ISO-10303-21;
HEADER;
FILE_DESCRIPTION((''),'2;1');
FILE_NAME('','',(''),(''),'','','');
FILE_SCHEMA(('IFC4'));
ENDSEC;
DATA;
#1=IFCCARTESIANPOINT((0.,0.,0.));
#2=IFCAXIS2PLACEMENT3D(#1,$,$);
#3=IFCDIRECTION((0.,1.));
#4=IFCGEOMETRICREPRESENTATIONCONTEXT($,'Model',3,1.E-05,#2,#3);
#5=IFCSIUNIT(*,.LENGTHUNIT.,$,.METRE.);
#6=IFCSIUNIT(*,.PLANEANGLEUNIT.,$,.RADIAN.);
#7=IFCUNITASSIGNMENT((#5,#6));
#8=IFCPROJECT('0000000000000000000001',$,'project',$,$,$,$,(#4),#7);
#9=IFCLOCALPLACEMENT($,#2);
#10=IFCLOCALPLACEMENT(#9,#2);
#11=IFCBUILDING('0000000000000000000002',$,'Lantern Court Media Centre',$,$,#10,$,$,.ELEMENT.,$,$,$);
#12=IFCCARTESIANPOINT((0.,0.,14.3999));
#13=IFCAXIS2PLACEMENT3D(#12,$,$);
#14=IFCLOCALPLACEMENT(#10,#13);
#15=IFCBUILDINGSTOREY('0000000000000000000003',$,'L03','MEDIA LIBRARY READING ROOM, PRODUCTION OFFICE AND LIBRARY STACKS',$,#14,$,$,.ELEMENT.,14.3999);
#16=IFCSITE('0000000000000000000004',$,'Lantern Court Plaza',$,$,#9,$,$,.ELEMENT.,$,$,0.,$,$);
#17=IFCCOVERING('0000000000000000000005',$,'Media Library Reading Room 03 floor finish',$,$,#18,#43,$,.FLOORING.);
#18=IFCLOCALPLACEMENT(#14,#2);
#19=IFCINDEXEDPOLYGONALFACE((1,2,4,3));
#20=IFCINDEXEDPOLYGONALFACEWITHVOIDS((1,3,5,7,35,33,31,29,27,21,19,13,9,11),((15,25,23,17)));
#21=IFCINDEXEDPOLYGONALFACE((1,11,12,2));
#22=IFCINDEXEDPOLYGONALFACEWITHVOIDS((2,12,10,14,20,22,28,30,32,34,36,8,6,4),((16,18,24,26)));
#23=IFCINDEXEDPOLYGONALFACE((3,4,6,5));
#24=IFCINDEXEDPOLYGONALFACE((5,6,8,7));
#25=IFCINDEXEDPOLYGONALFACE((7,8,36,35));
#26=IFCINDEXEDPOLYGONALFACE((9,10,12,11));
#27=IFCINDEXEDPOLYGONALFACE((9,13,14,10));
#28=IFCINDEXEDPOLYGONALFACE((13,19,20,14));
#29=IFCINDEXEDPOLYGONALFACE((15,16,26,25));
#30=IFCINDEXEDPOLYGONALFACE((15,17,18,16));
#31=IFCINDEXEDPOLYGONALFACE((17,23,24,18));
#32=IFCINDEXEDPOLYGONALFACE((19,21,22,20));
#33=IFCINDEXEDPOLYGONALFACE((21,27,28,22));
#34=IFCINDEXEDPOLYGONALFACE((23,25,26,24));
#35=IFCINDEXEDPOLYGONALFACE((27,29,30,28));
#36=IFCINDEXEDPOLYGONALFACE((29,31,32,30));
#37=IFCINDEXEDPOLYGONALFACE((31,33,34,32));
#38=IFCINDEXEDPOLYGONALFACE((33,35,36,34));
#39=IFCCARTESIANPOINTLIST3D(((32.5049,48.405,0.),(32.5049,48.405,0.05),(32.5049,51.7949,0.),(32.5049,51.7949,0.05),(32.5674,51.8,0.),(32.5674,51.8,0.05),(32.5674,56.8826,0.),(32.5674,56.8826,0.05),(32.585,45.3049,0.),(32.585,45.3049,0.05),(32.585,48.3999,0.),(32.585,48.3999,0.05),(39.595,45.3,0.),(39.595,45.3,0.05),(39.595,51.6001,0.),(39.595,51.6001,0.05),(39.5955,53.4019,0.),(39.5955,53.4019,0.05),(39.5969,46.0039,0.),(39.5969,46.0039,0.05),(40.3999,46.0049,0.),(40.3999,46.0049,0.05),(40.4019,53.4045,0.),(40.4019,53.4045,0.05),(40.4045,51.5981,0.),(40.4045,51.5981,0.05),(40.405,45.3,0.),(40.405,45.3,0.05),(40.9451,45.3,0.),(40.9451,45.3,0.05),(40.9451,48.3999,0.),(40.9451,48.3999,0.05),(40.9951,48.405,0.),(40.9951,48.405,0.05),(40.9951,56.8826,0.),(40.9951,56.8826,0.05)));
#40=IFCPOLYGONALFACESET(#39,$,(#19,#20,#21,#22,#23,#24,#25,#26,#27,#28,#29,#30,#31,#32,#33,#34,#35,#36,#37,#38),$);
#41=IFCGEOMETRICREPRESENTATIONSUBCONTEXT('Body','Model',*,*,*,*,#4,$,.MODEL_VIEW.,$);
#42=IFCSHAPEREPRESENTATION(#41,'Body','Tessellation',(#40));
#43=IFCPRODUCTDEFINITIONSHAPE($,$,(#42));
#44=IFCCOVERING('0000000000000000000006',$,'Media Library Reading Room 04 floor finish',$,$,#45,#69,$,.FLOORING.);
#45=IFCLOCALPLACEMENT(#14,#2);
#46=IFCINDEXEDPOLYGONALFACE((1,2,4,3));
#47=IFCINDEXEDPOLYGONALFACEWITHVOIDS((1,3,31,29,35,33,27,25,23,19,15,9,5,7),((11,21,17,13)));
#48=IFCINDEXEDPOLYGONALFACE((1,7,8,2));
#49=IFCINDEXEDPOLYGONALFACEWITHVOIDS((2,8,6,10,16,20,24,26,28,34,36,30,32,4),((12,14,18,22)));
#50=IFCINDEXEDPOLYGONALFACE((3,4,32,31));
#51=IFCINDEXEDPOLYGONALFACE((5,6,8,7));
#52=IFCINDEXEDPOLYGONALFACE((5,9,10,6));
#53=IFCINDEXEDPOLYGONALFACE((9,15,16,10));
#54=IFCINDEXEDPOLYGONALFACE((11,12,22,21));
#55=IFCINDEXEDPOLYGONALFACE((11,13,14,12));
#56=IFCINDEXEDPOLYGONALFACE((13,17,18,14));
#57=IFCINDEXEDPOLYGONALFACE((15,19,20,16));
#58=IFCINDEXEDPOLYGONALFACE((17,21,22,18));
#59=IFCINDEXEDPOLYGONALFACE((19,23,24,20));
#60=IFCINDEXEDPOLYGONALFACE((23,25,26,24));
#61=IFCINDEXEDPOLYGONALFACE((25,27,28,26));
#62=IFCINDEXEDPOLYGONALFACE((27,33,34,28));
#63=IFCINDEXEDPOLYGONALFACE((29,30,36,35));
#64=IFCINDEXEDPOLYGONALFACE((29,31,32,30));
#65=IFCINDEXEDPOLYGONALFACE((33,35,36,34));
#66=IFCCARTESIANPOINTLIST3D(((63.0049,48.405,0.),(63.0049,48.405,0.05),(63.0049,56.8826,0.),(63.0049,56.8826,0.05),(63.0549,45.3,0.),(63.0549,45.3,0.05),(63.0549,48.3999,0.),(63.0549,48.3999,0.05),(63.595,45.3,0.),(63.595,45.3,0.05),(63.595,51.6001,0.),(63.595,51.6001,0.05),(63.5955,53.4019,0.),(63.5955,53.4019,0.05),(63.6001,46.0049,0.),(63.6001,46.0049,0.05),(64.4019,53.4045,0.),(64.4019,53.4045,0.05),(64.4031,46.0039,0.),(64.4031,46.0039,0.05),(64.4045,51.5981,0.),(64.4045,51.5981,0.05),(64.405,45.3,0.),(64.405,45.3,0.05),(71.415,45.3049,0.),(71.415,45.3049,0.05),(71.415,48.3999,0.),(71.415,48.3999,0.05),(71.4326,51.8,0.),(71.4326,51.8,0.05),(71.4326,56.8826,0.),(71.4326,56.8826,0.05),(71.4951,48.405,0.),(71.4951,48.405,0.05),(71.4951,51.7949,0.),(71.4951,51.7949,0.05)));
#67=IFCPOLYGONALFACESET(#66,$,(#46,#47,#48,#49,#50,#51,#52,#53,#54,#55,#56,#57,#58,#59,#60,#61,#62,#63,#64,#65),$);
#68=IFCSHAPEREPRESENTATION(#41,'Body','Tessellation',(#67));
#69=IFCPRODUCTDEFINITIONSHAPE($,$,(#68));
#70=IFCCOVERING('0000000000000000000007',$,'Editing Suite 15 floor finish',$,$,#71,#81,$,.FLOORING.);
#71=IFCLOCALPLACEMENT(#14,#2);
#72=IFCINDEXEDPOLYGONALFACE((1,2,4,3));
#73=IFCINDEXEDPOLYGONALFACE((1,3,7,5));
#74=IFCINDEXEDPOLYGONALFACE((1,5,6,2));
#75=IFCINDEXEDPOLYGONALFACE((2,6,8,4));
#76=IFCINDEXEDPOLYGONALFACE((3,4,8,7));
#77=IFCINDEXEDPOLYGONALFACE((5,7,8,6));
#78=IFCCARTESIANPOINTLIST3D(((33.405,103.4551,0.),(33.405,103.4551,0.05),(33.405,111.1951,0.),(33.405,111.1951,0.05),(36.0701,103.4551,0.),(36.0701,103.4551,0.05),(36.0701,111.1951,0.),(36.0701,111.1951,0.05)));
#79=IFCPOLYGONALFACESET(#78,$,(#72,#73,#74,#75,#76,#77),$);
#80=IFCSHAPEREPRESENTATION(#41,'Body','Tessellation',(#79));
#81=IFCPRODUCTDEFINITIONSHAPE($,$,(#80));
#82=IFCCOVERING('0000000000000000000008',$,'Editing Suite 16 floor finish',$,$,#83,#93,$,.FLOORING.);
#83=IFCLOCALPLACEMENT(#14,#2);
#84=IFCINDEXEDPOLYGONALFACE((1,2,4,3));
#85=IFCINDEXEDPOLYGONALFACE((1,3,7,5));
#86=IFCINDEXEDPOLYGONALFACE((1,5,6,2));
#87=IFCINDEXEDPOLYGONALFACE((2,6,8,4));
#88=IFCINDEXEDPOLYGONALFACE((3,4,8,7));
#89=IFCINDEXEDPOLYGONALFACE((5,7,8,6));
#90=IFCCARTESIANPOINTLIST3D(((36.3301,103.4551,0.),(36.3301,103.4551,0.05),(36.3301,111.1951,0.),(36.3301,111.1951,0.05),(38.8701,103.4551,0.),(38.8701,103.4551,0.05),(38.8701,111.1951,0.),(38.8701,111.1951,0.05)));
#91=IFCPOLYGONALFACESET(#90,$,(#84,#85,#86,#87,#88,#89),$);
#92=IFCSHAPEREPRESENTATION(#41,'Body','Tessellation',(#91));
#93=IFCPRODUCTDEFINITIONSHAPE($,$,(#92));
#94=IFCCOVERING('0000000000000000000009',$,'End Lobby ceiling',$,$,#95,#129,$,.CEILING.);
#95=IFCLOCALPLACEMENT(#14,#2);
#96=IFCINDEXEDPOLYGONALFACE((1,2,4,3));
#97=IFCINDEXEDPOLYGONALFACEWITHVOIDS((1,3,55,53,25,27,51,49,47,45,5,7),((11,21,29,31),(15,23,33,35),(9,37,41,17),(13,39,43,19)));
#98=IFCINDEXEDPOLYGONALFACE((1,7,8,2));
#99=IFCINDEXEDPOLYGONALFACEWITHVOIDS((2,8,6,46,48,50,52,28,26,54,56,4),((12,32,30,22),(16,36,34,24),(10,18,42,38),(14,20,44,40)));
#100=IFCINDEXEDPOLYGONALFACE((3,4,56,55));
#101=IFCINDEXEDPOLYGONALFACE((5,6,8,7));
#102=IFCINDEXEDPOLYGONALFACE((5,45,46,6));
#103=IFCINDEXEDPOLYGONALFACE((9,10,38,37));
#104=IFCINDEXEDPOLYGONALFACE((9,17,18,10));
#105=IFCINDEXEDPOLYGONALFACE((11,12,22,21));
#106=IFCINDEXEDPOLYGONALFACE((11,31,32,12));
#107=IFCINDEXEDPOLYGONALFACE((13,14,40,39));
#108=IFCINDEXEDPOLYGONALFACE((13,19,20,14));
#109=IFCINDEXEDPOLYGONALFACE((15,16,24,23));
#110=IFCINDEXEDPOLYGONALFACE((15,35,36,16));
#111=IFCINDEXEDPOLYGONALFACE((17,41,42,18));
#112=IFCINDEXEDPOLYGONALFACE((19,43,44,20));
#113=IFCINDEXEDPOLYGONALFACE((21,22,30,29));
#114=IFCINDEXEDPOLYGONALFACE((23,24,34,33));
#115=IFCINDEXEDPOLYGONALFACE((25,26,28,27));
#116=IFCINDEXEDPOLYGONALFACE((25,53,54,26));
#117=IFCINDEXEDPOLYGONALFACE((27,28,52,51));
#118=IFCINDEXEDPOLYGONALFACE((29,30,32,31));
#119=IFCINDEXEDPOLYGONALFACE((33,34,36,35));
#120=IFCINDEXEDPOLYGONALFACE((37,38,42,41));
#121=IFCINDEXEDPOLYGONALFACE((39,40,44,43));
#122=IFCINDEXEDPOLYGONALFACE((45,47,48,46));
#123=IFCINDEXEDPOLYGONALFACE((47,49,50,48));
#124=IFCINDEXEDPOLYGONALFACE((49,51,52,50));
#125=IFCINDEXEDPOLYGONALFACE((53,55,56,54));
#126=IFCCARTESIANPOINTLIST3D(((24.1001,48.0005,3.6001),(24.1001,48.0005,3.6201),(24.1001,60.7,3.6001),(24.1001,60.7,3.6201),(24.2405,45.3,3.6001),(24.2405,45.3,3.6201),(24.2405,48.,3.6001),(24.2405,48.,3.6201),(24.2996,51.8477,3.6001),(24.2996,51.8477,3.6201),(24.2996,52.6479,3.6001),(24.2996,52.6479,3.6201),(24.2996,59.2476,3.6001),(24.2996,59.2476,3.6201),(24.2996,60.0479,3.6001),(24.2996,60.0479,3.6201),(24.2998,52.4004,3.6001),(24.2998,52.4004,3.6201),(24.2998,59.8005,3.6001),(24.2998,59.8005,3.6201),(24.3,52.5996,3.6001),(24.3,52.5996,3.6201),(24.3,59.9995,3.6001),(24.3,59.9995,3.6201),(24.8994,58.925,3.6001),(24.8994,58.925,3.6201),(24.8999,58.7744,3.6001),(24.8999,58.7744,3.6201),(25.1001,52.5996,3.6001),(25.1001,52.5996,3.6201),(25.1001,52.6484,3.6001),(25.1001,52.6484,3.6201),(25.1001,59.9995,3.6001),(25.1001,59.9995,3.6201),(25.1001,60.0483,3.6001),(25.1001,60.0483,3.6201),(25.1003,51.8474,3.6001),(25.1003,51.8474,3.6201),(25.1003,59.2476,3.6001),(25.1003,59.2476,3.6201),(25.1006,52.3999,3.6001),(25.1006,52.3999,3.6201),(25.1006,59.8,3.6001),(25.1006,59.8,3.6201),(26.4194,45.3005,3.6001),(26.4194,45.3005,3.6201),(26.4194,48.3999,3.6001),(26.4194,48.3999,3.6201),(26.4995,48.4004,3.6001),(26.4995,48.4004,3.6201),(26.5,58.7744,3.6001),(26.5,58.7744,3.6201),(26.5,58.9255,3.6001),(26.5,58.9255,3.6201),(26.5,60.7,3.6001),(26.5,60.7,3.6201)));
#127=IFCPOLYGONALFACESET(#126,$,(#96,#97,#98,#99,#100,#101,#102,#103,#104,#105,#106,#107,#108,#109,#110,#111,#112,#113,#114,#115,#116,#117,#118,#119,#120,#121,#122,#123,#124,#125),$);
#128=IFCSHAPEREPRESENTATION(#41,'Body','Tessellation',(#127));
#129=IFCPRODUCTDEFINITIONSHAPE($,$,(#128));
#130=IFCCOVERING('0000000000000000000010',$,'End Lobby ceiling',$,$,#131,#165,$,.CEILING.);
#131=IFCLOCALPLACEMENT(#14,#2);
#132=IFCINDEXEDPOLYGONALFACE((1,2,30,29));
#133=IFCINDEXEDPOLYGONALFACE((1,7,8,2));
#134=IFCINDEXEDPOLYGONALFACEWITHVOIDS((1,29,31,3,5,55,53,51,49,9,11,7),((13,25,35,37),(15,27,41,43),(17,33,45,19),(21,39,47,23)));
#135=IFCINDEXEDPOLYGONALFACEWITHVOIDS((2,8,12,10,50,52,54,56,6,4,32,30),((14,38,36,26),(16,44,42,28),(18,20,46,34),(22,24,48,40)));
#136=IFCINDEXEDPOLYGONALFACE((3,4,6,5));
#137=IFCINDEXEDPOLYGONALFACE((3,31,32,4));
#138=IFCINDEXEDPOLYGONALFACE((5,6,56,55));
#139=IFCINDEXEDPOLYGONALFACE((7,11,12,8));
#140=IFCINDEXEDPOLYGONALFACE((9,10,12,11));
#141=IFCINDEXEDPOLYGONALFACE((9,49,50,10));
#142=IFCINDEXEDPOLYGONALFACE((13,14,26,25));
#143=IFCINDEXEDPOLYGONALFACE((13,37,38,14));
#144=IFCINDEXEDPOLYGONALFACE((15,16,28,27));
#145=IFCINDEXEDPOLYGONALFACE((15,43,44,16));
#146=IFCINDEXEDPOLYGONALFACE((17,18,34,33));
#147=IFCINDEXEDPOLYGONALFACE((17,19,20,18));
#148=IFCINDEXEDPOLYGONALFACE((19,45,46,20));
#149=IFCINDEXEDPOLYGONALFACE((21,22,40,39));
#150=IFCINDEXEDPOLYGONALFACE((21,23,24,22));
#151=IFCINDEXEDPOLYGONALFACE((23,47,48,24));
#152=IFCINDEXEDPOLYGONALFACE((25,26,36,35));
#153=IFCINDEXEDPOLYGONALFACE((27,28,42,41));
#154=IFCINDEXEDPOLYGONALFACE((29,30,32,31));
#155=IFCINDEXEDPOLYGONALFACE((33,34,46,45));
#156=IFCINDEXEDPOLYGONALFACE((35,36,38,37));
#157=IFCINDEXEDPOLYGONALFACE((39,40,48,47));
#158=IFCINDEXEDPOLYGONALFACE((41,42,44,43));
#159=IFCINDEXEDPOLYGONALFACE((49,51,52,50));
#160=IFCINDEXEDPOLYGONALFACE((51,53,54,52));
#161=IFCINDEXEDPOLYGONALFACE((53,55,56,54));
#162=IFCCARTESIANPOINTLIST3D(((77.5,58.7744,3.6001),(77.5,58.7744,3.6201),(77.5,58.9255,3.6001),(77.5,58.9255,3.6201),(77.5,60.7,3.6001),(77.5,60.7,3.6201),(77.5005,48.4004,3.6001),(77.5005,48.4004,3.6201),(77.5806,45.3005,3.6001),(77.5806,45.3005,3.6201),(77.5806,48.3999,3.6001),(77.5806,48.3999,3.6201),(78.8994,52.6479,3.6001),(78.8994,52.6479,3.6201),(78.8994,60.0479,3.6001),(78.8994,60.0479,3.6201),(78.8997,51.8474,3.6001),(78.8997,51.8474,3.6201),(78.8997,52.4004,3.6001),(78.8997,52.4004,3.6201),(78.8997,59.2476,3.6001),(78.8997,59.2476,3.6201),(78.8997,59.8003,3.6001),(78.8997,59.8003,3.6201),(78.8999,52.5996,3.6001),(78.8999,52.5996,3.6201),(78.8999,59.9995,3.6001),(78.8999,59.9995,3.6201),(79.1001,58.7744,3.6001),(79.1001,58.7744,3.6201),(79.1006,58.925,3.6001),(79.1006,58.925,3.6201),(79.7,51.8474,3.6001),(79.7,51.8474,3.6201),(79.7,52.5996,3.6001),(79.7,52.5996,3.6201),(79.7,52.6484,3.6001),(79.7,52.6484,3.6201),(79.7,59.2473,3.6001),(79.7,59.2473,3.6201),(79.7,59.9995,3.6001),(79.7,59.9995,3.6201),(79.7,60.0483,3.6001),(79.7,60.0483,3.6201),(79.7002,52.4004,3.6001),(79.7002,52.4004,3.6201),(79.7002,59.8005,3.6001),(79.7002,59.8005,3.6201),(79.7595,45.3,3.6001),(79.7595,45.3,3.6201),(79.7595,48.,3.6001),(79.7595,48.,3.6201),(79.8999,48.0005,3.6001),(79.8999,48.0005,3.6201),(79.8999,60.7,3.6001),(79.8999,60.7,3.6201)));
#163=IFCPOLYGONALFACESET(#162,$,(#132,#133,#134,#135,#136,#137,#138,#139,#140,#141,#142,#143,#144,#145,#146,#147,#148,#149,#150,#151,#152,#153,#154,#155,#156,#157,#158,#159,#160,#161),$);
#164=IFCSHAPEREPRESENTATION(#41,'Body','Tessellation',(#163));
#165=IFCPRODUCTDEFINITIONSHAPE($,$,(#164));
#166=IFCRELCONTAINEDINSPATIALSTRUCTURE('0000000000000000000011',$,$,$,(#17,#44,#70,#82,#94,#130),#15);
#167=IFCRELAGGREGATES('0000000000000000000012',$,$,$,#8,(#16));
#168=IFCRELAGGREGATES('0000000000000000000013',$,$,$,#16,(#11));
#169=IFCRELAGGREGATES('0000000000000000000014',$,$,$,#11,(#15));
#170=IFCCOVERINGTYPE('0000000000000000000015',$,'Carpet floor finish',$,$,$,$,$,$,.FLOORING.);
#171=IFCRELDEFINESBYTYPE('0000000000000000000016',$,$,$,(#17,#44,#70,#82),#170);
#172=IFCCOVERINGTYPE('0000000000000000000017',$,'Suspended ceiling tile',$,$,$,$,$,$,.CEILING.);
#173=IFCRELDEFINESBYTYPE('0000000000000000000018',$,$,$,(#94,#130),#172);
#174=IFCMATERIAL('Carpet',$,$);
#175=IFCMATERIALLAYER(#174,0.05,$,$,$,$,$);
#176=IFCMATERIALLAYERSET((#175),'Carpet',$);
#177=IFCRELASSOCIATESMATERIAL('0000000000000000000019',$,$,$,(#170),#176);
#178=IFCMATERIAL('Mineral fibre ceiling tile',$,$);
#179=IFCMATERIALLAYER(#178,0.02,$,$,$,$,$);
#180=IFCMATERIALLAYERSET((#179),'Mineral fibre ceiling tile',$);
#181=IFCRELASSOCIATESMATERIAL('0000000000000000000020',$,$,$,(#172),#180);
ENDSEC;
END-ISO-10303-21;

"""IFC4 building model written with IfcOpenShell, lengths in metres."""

from ifc_helpers import new_model, si_unit, direction, frame, origin, place, context, subcontext, project, spatial, polyline, outline, extrude, material, layer, layer_set, type_object, element, save


model = new_model("IFC4")

# Units and contexts
model_context = context("Model", 3, precision=1e-05, world=origin(), true_north=direction((0.0, 1.0)))
body_context = subcontext(model_context, "Body", "Model", "MODEL_VIEW")
ifc_project = project(units=[si_unit("LENGTHUNIT", "METRE"), si_unit("PLANEANGLEUNIT", "RADIAN")], contexts=[model_context])

# Site, building, storey
site_placement = place(None, origin())
site = spatial("IfcSite", under=ifc_project, at=site_placement, Name="Lantern Court Plaza", CompositionType="ELEMENT", RefElevation=0.0)
building_placement = place(site_placement, origin())
building = spatial("IfcBuilding", under=site, at=building_placement, Name="Lantern Court Media Centre", CompositionType="ELEMENT")
storey_placement = place(building_placement, frame((0.0, 0.0, 14.3999)))
storey = spatial("IfcBuildingStorey", under=building, at=storey_placement, Name="L03", Description="MEDIA LIBRARY READING ROOM, PRODUCTION OFFICE AND LIBRARY STACKS", CompositionType="ELEMENT", Elevation=14.3999)

# Coverings
ifc_material_1 = material(Name="Carpet")
ifc_layer_1 = layer(ifc_material_1, 0.05)
ifc_layer_set_1 = layer_set([ifc_layer_1], Name="Carpet")
covering_type_1 = type_object("IfcCoveringType", Name="Carpet floor finish", PredefinedType="FLOORING", material=ifc_layer_set_1)
covering_1_placement = place(storey_placement, origin())
element("IfcCovering", 1, at=covering_1_placement, inside=storey, type_object=covering_type_1, Name="Media Library Reading Room 03 floor finish", PredefinedType="FLOORING", context=body_context, shape_type="SweptSolid", body=[
    extrude(outline(polyline([(39.595, 45.3), (32.585, 45.3049), (32.585, 48.3999), (32.5049, 48.405), (32.5049, 51.7949), (32.5674, 51.8), (32.5674, 56.8826), (40.9951, 56.8826), (40.9951, 48.405), (40.9451, 48.3999), (40.9451, 45.3), (40.405, 45.3), (40.3999, 46.0049), (39.5969, 46.0039), (39.595, 45.3)]), holes=[polyline([(39.595, 51.6001), (40.4045, 51.5981), (40.4019, 53.4045), (39.5955, 53.4019), (39.595, 51.6001)])]), origin(), (0.0, 0.0, 1.0), 0.05),
])
covering_2_placement = place(storey_placement, origin())
element("IfcCovering", 2, at=covering_2_placement, inside=storey, type_object=covering_type_1, Name="Media Library Reading Room 04 floor finish", PredefinedType="FLOORING", context=body_context, shape_type="SweptSolid", body=[
    extrude(outline(polyline([(63.0549, 45.3), (63.0549, 48.3999), (63.0049, 48.405), (63.0049, 56.8826), (71.4326, 56.8826), (71.4326, 51.8), (71.4951, 51.7949), (71.4951, 48.405), (71.415, 48.3999), (71.415, 45.3049), (64.405, 45.3), (64.4031, 46.0039), (63.6001, 46.0049), (63.595, 45.3), (63.0549, 45.3)]), holes=[polyline([(63.595, 51.6001), (64.4045, 51.5981), (64.4019, 53.4045), (63.5955, 53.4019), (63.595, 51.6001)])]), origin(), (0.0, 0.0, 1.0), 0.05),
])
covering_3_placement = place(storey_placement, origin())
element("IfcCovering", 3, at=covering_3_placement, inside=storey, type_object=covering_type_1, Name="Editing Suite 15 floor finish", PredefinedType="FLOORING", context=body_context, shape_type="SweptSolid", body=[
    extrude(outline(polyline([(33.405, 111.1951), (36.0701, 111.1951), (36.0701, 103.4551), (33.405, 103.4551), (33.405, 111.1951)])), origin(), (0.0, 0.0, 1.0), 0.05),
])
covering_4_placement = place(storey_placement, origin())
element("IfcCovering", 4, at=covering_4_placement, inside=storey, type_object=covering_type_1, Name="Editing Suite 16 floor finish", PredefinedType="FLOORING", context=body_context, shape_type="SweptSolid", body=[
    extrude(outline(polyline([(36.3301, 111.1951), (38.8701, 111.1951), (38.8701, 103.4551), (36.3301, 103.4551), (36.3301, 111.1951)])), origin(), (0.0, 0.0, 1.0), 0.05),
])
ifc_material_2 = material(Name="Mineral fibre ceiling tile")
ifc_layer_2 = layer(ifc_material_2, 0.02)
ifc_layer_set_2 = layer_set([ifc_layer_2], Name="Mineral fibre ceiling tile")
covering_type_2 = type_object("IfcCoveringType", Name="Suspended ceiling tile", PredefinedType="CEILING", material=ifc_layer_set_2)
covering_5_placement = place(storey_placement, frame((0.0, 0.0, 3.6001)))
element("IfcCovering", 5, at=covering_5_placement, inside=storey, type_object=covering_type_2, Name="End Lobby ceiling", PredefinedType="CEILING", context=body_context, shape_type="SweptSolid", body=[
    extrude(outline(polyline([(26.5, 58.7744), (26.4995, 48.4004), (26.4194, 48.3999), (26.4194, 45.3005), (24.2405, 45.3), (24.2405, 48.0), (24.1001, 48.0005), (24.1001, 60.7), (26.5, 60.7), (26.5, 58.9255), (24.8994, 58.925), (24.8999, 58.7744), (26.5, 58.7744)]), holes=[polyline([(25.1001, 59.9995), (25.1001, 60.0483), (24.2996, 60.0479), (24.3, 59.9995), (25.1001, 59.9995)]), polyline([(25.1001, 52.5996), (25.1001, 52.6484), (24.2996, 52.6479), (24.3, 52.5996), (25.1001, 52.5996)]), polyline([(25.1006, 52.3999), (24.2998, 52.4004), (24.2996, 51.8477), (25.1003, 51.8474), (25.1006, 52.3999)]), polyline([(25.1006, 59.8), (24.2998, 59.8005), (24.2996, 59.2476), (25.1003, 59.2476), (25.1006, 59.8)])]), origin(), (0.0, 0.0, 1.0), 0.02),
])
covering_6_placement = place(storey_placement, frame((0.0, 0.0, 3.6001)))
element("IfcCovering", 6, at=covering_6_placement, inside=storey, type_object=covering_type_2, Name="End Lobby ceiling", PredefinedType="CEILING", context=body_context, shape_type="SweptSolid", body=[
    extrude(outline(polyline([(77.5, 60.7), (79.8999, 60.7), (79.8999, 48.0005), (79.7595, 48.0), (79.7595, 45.3), (77.5806, 45.3005), (77.5806, 48.3999), (77.5005, 48.4004), (77.5, 58.7744), (79.1001, 58.7744), (79.1006, 58.925), (77.5, 58.9255), (77.5, 60.7)]), holes=[polyline([(79.7, 52.5996), (79.7, 52.6484), (78.8994, 52.6479), (78.8999, 52.5996), (79.7, 52.5996)]), polyline([(79.7, 51.8474), (79.7002, 52.4004), (78.8997, 52.4004), (78.8997, 51.8474), (79.7, 51.8474)]), polyline([(79.7, 59.2473), (79.7002, 59.8005), (78.8997, 59.8003), (78.8997, 59.2476), (79.7, 59.2473)]), polyline([(79.7, 59.9995), (79.7, 60.0483), (78.8994, 60.0479), (78.8999, 59.9995), (79.7, 59.9995)])]), origin(), (0.0, 0.0, 1.0), 0.02),
])

save(model, "model.ifc")
